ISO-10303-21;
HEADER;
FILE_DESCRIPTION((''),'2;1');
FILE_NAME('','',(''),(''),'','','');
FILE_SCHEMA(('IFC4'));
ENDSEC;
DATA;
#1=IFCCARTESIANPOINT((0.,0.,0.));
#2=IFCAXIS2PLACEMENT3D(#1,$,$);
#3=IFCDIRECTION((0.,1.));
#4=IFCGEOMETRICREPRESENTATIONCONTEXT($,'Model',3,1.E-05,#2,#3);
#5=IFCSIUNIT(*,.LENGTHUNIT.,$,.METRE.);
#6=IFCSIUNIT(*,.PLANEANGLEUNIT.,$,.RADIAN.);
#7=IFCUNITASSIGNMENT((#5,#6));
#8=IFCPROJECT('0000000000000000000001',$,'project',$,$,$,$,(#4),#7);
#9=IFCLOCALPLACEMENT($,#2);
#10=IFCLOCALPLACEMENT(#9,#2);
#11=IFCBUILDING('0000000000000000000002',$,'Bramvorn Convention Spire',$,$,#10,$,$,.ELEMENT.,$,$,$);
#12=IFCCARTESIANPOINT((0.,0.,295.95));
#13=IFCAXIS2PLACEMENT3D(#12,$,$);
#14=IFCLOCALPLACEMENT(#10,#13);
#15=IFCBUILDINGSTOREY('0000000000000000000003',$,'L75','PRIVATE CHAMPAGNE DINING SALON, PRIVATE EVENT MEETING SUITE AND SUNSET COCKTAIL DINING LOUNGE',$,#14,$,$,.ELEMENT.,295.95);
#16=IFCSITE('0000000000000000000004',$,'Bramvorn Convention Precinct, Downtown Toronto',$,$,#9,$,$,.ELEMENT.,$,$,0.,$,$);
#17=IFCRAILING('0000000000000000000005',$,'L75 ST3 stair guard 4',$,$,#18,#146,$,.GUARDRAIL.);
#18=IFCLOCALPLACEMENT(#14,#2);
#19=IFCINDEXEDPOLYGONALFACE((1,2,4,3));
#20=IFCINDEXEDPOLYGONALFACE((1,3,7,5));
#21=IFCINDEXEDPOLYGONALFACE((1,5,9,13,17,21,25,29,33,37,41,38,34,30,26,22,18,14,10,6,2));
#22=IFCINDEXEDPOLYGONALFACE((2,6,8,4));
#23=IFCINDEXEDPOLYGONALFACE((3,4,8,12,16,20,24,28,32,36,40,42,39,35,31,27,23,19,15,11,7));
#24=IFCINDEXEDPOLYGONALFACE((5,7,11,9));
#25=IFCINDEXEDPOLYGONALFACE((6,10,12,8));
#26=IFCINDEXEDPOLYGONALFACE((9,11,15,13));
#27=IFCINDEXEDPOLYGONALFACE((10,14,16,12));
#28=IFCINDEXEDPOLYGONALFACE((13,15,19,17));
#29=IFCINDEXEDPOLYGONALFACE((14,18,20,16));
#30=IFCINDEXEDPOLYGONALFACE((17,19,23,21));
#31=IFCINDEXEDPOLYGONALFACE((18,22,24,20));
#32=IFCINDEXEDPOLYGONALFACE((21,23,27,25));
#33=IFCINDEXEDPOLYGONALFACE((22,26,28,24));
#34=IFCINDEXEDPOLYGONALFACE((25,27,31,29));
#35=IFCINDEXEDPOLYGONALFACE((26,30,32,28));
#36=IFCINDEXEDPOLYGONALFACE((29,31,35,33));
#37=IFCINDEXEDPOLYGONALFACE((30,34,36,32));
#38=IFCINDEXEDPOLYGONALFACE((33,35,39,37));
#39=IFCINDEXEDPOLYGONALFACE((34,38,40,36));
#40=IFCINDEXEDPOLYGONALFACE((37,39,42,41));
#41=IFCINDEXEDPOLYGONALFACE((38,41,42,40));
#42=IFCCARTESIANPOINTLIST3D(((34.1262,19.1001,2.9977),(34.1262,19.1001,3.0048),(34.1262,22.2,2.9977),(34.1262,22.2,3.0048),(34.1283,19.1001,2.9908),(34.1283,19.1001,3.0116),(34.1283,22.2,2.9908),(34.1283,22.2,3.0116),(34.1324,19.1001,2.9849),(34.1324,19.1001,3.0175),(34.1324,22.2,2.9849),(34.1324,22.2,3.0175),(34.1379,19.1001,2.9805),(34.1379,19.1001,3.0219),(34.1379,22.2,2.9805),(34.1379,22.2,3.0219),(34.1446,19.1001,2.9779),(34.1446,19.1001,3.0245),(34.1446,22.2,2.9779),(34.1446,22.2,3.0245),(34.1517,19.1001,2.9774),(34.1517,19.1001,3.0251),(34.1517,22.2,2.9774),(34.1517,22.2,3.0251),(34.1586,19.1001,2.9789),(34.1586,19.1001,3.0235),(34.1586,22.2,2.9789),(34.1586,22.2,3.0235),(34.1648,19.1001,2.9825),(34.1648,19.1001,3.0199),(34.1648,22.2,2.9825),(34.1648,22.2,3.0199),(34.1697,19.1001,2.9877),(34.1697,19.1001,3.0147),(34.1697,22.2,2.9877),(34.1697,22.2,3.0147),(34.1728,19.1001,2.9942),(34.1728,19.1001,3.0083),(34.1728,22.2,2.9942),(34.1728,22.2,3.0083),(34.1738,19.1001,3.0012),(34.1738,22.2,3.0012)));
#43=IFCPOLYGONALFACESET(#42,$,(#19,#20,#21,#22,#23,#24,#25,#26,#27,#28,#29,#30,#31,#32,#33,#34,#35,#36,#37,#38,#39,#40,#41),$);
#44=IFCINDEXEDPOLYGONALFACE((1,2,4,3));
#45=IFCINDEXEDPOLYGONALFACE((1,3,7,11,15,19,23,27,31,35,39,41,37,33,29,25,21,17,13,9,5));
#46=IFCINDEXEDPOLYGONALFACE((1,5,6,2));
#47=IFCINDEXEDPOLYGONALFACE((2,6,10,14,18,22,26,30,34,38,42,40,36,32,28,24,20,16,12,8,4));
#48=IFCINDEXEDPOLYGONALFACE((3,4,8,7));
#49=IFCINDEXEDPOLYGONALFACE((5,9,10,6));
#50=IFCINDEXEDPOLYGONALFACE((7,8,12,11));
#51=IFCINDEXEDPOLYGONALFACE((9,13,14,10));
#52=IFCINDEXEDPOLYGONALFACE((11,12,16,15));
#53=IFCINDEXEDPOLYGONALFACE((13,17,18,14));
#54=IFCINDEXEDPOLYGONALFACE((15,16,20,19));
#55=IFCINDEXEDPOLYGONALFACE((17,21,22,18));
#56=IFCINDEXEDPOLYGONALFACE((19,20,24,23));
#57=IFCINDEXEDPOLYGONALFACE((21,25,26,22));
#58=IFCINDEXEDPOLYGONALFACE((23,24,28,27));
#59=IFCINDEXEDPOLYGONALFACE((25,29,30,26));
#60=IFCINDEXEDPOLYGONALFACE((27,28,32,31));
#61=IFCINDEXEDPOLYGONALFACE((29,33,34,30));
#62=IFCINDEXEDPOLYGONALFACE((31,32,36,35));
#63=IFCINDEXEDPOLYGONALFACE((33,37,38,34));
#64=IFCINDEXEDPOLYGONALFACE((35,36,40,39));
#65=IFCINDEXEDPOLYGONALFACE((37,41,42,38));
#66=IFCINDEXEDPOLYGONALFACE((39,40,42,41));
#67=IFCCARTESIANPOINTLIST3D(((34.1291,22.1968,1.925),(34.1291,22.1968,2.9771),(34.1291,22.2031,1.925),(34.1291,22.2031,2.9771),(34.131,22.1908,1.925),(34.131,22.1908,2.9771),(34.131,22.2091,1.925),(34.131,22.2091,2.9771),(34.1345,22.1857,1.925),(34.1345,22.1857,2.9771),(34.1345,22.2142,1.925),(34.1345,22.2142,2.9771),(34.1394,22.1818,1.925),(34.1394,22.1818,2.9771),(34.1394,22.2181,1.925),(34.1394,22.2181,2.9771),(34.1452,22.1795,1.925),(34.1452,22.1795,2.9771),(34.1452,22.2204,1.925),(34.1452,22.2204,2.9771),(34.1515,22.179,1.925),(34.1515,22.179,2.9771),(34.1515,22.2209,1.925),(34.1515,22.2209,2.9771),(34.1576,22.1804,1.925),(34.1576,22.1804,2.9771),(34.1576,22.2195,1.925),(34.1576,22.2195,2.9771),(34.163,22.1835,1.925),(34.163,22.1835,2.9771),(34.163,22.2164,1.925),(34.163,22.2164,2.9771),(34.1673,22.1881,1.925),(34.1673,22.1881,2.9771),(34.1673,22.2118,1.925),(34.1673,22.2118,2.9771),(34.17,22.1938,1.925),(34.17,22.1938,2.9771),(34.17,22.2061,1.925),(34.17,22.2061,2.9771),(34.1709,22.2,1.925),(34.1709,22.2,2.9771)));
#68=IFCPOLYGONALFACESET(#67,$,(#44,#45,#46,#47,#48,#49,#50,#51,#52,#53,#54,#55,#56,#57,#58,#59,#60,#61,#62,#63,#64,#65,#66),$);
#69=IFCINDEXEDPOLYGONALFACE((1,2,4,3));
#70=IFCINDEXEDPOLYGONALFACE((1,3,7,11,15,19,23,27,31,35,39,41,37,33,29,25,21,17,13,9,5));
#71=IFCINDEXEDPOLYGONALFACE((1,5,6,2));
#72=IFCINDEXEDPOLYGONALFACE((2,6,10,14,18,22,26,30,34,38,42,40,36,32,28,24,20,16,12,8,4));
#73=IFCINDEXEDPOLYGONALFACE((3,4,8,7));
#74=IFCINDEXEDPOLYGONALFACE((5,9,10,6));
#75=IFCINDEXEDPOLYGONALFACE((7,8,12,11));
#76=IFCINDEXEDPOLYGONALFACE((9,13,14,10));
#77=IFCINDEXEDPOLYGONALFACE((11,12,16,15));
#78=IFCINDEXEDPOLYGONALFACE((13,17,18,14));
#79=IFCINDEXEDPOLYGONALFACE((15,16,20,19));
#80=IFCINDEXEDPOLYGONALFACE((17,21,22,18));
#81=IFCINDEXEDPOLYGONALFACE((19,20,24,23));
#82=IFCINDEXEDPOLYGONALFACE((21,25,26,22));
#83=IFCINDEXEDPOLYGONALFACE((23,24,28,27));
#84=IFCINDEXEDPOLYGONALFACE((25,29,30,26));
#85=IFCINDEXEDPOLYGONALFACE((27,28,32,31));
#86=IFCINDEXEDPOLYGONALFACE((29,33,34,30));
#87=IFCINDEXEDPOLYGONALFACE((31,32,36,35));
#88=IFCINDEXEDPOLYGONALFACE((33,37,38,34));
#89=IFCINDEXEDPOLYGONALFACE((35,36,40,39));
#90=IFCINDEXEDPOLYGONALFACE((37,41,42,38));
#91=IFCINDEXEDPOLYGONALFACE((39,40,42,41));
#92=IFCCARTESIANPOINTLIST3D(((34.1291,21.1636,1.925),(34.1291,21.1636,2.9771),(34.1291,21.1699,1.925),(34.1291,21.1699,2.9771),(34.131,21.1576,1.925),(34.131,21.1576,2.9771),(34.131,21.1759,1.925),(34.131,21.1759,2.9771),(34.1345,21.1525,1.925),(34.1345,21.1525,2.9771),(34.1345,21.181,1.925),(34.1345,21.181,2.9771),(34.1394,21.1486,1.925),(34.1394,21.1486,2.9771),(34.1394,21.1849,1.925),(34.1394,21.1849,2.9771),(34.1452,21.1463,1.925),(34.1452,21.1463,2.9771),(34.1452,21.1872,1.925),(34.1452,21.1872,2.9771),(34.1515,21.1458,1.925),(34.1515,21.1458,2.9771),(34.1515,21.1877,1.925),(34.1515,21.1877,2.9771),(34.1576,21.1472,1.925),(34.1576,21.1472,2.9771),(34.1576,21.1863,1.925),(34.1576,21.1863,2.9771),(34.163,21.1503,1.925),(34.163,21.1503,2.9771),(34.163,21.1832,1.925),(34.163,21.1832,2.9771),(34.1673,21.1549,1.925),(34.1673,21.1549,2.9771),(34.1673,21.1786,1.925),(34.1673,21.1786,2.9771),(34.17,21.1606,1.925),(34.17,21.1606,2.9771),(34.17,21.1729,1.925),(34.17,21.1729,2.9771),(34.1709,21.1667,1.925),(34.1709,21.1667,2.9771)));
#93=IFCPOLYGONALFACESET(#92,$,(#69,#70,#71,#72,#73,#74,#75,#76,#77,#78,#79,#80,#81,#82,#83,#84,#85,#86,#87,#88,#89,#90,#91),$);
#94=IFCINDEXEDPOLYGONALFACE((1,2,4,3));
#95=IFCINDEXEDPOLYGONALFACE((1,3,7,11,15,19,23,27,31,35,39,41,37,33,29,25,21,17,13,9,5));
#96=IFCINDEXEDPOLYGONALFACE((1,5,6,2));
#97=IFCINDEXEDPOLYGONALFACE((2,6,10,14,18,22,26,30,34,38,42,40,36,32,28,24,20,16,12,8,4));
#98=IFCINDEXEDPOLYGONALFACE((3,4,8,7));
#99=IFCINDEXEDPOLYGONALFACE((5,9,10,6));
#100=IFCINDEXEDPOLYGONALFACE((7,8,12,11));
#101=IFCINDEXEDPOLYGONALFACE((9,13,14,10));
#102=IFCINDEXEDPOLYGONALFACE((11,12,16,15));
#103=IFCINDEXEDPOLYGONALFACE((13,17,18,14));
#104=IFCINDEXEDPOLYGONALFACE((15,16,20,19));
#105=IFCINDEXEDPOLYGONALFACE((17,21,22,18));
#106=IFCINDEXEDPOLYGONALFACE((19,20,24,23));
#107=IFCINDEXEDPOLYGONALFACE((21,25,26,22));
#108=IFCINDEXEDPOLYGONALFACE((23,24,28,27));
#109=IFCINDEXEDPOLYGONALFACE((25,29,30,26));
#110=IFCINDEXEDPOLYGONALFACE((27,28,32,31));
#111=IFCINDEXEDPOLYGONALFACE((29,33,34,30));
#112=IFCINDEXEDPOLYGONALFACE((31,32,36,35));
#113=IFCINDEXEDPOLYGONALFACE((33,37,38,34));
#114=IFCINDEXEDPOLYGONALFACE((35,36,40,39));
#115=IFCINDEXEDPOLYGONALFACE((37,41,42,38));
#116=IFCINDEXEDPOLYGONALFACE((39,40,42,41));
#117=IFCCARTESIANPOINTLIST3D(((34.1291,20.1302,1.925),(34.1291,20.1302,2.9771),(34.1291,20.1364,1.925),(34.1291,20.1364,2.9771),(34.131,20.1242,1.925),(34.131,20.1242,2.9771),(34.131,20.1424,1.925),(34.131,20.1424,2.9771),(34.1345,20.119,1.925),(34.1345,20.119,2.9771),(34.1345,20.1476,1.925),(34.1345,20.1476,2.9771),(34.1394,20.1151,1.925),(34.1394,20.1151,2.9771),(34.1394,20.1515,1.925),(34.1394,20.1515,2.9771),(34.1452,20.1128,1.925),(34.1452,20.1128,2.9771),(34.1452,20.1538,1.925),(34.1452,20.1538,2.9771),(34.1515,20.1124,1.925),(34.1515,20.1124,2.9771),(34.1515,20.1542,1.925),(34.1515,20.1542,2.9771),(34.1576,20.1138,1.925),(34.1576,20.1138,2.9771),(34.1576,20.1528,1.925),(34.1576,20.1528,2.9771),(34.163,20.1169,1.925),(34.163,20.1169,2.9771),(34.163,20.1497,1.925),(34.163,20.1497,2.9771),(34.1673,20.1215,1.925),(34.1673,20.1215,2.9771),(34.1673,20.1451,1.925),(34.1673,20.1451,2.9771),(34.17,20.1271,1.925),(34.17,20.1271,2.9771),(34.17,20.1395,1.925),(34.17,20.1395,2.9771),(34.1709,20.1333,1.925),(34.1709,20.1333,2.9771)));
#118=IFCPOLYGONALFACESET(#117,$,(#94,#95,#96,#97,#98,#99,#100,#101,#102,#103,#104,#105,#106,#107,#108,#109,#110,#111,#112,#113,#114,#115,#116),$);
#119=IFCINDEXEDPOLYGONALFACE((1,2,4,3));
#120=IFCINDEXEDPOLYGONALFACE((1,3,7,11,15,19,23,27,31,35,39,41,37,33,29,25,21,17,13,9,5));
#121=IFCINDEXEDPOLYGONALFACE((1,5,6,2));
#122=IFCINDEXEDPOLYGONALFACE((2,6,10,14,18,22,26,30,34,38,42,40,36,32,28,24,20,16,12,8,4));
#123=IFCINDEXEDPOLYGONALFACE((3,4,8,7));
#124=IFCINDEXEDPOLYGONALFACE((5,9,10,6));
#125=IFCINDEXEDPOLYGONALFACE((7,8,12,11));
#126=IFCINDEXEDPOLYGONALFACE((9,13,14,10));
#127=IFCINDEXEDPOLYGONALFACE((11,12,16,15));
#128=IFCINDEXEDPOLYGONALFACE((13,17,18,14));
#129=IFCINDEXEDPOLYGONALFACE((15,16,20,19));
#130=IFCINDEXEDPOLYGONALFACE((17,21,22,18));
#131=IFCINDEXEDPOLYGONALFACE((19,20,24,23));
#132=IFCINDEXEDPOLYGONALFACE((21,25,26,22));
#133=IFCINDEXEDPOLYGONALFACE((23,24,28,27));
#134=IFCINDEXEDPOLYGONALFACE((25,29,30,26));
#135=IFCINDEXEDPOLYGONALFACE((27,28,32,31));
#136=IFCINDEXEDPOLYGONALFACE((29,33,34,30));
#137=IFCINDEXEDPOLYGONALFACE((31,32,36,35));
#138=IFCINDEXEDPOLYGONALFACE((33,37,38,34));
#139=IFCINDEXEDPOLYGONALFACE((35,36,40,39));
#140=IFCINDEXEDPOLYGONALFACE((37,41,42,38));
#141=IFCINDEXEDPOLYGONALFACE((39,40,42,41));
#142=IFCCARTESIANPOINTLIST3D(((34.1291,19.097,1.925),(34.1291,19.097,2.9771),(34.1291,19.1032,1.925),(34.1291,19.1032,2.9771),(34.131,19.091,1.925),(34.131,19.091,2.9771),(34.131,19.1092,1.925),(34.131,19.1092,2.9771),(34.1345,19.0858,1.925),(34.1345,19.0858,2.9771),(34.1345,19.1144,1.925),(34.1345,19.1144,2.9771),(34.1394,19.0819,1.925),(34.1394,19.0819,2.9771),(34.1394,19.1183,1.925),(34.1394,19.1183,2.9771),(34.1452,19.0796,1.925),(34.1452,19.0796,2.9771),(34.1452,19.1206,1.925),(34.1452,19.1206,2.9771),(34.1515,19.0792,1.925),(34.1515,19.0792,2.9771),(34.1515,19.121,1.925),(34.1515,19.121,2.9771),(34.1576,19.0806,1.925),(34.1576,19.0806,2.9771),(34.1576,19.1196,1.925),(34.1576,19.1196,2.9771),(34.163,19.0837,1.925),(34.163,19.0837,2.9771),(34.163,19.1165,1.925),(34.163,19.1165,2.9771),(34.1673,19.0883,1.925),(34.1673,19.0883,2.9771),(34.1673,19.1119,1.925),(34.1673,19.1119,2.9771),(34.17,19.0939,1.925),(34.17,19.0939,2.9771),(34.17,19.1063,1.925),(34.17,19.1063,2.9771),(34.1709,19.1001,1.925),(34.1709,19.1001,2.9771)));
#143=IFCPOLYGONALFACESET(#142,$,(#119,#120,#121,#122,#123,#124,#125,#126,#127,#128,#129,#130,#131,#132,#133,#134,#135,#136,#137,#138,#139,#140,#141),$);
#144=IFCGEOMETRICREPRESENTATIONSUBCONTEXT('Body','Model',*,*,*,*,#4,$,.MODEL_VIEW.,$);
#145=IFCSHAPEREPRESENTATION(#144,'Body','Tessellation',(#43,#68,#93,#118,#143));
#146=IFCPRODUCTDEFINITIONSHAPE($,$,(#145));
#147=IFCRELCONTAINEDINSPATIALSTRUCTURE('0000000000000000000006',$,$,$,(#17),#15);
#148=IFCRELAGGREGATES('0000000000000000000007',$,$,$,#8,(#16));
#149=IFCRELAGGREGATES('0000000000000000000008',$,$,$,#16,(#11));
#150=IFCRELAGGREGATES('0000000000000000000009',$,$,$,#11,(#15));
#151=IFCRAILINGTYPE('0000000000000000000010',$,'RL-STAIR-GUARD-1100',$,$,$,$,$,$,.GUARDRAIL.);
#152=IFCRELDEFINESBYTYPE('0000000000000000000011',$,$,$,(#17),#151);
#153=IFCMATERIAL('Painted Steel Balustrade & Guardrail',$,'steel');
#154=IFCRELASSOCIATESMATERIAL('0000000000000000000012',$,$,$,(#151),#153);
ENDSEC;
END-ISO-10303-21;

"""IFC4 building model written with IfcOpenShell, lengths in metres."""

from ifc_helpers import new_model, si_unit, direction, frame, origin, origin_2d, place, context, subcontext, project, spatial, circle, extrude, material, type_object, element, save


model = new_model("IFC4")

# Units and contexts
model_context = context("Model", 3, precision=1e-05, world=origin(), true_north=direction((0.0, 1.0)))
body_context = subcontext(model_context, "Body", "Model", "MODEL_VIEW")
ifc_project = project(units=[si_unit("LENGTHUNIT", "METRE"), si_unit("PLANEANGLEUNIT", "RADIAN")], contexts=[model_context])

# Site, building, storey
site_placement = place(None, origin())
site = spatial("IfcSite", under=ifc_project, at=site_placement, Name="Bramvorn Convention Precinct, Downtown Toronto", CompositionType="ELEMENT", RefElevation=0.0)
building_placement = place(site_placement, origin())
building = spatial("IfcBuilding", under=site, at=building_placement, Name="Bramvorn Convention Spire", CompositionType="ELEMENT")
storey_placement = place(building_placement, frame((0.0, 0.0, 295.95)))
storey = spatial("IfcBuildingStorey", under=building, at=storey_placement, Name="L75", Description="PRIVATE CHAMPAGNE DINING SALON, PRIVATE EVENT MEETING SUITE AND SUNSET COCKTAIL DINING LOUNGE", CompositionType="ELEMENT", Elevation=295.95)

# Railing
ifc_material_1 = material(Name="Painted Steel Balustrade & Guardrail", Category="steel")
railing_type_1 = type_object("IfcRailingType", Name="RL-STAIR-GUARD-1100", PredefinedType="GUARDRAIL", material=ifc_material_1)
for number, where, name in (
    (1, (34.1499, 22.2, 1.925), "L75 ST3 stair guard 4"),
):
    element("IfcRailing", number, at=place(storey_placement, frame(where)), inside=storey, type_object=railing_type_1, Name=name, PredefinedType="GUARDRAIL", context=body_context, shape_type="SweptSolid", body=[
        extrude(circle(Radius=0.0239, at=origin_2d()), frame((0.0, 0.0, 1.0762), z_axis=(0.0, -1.0, 0.0), x_axis=(1.0, 0.0, 0.0)), (0.0, 0.0, 1.0), 3.0999),
        extrude(circle(Radius=0.021, at=origin_2d()), origin(), (0.0, 0.0, 1.0), 1.052),
        extrude(circle(Radius=0.021, at=origin_2d()), frame((0.0, -1.0332, 0.0)), (0.0, 0.0, 1.0), 1.052),
        extrude(circle(Radius=0.021, at=origin_2d()), frame((0.0, -2.0667, 0.0)), (0.0, 0.0, 1.0), 1.052),
        extrude(circle(Radius=0.021, at=origin_2d()), frame((0.0, -3.0999, 0.0)), (0.0, 0.0, 1.0), 1.052),
    ])

save(model, "model.ifc")
